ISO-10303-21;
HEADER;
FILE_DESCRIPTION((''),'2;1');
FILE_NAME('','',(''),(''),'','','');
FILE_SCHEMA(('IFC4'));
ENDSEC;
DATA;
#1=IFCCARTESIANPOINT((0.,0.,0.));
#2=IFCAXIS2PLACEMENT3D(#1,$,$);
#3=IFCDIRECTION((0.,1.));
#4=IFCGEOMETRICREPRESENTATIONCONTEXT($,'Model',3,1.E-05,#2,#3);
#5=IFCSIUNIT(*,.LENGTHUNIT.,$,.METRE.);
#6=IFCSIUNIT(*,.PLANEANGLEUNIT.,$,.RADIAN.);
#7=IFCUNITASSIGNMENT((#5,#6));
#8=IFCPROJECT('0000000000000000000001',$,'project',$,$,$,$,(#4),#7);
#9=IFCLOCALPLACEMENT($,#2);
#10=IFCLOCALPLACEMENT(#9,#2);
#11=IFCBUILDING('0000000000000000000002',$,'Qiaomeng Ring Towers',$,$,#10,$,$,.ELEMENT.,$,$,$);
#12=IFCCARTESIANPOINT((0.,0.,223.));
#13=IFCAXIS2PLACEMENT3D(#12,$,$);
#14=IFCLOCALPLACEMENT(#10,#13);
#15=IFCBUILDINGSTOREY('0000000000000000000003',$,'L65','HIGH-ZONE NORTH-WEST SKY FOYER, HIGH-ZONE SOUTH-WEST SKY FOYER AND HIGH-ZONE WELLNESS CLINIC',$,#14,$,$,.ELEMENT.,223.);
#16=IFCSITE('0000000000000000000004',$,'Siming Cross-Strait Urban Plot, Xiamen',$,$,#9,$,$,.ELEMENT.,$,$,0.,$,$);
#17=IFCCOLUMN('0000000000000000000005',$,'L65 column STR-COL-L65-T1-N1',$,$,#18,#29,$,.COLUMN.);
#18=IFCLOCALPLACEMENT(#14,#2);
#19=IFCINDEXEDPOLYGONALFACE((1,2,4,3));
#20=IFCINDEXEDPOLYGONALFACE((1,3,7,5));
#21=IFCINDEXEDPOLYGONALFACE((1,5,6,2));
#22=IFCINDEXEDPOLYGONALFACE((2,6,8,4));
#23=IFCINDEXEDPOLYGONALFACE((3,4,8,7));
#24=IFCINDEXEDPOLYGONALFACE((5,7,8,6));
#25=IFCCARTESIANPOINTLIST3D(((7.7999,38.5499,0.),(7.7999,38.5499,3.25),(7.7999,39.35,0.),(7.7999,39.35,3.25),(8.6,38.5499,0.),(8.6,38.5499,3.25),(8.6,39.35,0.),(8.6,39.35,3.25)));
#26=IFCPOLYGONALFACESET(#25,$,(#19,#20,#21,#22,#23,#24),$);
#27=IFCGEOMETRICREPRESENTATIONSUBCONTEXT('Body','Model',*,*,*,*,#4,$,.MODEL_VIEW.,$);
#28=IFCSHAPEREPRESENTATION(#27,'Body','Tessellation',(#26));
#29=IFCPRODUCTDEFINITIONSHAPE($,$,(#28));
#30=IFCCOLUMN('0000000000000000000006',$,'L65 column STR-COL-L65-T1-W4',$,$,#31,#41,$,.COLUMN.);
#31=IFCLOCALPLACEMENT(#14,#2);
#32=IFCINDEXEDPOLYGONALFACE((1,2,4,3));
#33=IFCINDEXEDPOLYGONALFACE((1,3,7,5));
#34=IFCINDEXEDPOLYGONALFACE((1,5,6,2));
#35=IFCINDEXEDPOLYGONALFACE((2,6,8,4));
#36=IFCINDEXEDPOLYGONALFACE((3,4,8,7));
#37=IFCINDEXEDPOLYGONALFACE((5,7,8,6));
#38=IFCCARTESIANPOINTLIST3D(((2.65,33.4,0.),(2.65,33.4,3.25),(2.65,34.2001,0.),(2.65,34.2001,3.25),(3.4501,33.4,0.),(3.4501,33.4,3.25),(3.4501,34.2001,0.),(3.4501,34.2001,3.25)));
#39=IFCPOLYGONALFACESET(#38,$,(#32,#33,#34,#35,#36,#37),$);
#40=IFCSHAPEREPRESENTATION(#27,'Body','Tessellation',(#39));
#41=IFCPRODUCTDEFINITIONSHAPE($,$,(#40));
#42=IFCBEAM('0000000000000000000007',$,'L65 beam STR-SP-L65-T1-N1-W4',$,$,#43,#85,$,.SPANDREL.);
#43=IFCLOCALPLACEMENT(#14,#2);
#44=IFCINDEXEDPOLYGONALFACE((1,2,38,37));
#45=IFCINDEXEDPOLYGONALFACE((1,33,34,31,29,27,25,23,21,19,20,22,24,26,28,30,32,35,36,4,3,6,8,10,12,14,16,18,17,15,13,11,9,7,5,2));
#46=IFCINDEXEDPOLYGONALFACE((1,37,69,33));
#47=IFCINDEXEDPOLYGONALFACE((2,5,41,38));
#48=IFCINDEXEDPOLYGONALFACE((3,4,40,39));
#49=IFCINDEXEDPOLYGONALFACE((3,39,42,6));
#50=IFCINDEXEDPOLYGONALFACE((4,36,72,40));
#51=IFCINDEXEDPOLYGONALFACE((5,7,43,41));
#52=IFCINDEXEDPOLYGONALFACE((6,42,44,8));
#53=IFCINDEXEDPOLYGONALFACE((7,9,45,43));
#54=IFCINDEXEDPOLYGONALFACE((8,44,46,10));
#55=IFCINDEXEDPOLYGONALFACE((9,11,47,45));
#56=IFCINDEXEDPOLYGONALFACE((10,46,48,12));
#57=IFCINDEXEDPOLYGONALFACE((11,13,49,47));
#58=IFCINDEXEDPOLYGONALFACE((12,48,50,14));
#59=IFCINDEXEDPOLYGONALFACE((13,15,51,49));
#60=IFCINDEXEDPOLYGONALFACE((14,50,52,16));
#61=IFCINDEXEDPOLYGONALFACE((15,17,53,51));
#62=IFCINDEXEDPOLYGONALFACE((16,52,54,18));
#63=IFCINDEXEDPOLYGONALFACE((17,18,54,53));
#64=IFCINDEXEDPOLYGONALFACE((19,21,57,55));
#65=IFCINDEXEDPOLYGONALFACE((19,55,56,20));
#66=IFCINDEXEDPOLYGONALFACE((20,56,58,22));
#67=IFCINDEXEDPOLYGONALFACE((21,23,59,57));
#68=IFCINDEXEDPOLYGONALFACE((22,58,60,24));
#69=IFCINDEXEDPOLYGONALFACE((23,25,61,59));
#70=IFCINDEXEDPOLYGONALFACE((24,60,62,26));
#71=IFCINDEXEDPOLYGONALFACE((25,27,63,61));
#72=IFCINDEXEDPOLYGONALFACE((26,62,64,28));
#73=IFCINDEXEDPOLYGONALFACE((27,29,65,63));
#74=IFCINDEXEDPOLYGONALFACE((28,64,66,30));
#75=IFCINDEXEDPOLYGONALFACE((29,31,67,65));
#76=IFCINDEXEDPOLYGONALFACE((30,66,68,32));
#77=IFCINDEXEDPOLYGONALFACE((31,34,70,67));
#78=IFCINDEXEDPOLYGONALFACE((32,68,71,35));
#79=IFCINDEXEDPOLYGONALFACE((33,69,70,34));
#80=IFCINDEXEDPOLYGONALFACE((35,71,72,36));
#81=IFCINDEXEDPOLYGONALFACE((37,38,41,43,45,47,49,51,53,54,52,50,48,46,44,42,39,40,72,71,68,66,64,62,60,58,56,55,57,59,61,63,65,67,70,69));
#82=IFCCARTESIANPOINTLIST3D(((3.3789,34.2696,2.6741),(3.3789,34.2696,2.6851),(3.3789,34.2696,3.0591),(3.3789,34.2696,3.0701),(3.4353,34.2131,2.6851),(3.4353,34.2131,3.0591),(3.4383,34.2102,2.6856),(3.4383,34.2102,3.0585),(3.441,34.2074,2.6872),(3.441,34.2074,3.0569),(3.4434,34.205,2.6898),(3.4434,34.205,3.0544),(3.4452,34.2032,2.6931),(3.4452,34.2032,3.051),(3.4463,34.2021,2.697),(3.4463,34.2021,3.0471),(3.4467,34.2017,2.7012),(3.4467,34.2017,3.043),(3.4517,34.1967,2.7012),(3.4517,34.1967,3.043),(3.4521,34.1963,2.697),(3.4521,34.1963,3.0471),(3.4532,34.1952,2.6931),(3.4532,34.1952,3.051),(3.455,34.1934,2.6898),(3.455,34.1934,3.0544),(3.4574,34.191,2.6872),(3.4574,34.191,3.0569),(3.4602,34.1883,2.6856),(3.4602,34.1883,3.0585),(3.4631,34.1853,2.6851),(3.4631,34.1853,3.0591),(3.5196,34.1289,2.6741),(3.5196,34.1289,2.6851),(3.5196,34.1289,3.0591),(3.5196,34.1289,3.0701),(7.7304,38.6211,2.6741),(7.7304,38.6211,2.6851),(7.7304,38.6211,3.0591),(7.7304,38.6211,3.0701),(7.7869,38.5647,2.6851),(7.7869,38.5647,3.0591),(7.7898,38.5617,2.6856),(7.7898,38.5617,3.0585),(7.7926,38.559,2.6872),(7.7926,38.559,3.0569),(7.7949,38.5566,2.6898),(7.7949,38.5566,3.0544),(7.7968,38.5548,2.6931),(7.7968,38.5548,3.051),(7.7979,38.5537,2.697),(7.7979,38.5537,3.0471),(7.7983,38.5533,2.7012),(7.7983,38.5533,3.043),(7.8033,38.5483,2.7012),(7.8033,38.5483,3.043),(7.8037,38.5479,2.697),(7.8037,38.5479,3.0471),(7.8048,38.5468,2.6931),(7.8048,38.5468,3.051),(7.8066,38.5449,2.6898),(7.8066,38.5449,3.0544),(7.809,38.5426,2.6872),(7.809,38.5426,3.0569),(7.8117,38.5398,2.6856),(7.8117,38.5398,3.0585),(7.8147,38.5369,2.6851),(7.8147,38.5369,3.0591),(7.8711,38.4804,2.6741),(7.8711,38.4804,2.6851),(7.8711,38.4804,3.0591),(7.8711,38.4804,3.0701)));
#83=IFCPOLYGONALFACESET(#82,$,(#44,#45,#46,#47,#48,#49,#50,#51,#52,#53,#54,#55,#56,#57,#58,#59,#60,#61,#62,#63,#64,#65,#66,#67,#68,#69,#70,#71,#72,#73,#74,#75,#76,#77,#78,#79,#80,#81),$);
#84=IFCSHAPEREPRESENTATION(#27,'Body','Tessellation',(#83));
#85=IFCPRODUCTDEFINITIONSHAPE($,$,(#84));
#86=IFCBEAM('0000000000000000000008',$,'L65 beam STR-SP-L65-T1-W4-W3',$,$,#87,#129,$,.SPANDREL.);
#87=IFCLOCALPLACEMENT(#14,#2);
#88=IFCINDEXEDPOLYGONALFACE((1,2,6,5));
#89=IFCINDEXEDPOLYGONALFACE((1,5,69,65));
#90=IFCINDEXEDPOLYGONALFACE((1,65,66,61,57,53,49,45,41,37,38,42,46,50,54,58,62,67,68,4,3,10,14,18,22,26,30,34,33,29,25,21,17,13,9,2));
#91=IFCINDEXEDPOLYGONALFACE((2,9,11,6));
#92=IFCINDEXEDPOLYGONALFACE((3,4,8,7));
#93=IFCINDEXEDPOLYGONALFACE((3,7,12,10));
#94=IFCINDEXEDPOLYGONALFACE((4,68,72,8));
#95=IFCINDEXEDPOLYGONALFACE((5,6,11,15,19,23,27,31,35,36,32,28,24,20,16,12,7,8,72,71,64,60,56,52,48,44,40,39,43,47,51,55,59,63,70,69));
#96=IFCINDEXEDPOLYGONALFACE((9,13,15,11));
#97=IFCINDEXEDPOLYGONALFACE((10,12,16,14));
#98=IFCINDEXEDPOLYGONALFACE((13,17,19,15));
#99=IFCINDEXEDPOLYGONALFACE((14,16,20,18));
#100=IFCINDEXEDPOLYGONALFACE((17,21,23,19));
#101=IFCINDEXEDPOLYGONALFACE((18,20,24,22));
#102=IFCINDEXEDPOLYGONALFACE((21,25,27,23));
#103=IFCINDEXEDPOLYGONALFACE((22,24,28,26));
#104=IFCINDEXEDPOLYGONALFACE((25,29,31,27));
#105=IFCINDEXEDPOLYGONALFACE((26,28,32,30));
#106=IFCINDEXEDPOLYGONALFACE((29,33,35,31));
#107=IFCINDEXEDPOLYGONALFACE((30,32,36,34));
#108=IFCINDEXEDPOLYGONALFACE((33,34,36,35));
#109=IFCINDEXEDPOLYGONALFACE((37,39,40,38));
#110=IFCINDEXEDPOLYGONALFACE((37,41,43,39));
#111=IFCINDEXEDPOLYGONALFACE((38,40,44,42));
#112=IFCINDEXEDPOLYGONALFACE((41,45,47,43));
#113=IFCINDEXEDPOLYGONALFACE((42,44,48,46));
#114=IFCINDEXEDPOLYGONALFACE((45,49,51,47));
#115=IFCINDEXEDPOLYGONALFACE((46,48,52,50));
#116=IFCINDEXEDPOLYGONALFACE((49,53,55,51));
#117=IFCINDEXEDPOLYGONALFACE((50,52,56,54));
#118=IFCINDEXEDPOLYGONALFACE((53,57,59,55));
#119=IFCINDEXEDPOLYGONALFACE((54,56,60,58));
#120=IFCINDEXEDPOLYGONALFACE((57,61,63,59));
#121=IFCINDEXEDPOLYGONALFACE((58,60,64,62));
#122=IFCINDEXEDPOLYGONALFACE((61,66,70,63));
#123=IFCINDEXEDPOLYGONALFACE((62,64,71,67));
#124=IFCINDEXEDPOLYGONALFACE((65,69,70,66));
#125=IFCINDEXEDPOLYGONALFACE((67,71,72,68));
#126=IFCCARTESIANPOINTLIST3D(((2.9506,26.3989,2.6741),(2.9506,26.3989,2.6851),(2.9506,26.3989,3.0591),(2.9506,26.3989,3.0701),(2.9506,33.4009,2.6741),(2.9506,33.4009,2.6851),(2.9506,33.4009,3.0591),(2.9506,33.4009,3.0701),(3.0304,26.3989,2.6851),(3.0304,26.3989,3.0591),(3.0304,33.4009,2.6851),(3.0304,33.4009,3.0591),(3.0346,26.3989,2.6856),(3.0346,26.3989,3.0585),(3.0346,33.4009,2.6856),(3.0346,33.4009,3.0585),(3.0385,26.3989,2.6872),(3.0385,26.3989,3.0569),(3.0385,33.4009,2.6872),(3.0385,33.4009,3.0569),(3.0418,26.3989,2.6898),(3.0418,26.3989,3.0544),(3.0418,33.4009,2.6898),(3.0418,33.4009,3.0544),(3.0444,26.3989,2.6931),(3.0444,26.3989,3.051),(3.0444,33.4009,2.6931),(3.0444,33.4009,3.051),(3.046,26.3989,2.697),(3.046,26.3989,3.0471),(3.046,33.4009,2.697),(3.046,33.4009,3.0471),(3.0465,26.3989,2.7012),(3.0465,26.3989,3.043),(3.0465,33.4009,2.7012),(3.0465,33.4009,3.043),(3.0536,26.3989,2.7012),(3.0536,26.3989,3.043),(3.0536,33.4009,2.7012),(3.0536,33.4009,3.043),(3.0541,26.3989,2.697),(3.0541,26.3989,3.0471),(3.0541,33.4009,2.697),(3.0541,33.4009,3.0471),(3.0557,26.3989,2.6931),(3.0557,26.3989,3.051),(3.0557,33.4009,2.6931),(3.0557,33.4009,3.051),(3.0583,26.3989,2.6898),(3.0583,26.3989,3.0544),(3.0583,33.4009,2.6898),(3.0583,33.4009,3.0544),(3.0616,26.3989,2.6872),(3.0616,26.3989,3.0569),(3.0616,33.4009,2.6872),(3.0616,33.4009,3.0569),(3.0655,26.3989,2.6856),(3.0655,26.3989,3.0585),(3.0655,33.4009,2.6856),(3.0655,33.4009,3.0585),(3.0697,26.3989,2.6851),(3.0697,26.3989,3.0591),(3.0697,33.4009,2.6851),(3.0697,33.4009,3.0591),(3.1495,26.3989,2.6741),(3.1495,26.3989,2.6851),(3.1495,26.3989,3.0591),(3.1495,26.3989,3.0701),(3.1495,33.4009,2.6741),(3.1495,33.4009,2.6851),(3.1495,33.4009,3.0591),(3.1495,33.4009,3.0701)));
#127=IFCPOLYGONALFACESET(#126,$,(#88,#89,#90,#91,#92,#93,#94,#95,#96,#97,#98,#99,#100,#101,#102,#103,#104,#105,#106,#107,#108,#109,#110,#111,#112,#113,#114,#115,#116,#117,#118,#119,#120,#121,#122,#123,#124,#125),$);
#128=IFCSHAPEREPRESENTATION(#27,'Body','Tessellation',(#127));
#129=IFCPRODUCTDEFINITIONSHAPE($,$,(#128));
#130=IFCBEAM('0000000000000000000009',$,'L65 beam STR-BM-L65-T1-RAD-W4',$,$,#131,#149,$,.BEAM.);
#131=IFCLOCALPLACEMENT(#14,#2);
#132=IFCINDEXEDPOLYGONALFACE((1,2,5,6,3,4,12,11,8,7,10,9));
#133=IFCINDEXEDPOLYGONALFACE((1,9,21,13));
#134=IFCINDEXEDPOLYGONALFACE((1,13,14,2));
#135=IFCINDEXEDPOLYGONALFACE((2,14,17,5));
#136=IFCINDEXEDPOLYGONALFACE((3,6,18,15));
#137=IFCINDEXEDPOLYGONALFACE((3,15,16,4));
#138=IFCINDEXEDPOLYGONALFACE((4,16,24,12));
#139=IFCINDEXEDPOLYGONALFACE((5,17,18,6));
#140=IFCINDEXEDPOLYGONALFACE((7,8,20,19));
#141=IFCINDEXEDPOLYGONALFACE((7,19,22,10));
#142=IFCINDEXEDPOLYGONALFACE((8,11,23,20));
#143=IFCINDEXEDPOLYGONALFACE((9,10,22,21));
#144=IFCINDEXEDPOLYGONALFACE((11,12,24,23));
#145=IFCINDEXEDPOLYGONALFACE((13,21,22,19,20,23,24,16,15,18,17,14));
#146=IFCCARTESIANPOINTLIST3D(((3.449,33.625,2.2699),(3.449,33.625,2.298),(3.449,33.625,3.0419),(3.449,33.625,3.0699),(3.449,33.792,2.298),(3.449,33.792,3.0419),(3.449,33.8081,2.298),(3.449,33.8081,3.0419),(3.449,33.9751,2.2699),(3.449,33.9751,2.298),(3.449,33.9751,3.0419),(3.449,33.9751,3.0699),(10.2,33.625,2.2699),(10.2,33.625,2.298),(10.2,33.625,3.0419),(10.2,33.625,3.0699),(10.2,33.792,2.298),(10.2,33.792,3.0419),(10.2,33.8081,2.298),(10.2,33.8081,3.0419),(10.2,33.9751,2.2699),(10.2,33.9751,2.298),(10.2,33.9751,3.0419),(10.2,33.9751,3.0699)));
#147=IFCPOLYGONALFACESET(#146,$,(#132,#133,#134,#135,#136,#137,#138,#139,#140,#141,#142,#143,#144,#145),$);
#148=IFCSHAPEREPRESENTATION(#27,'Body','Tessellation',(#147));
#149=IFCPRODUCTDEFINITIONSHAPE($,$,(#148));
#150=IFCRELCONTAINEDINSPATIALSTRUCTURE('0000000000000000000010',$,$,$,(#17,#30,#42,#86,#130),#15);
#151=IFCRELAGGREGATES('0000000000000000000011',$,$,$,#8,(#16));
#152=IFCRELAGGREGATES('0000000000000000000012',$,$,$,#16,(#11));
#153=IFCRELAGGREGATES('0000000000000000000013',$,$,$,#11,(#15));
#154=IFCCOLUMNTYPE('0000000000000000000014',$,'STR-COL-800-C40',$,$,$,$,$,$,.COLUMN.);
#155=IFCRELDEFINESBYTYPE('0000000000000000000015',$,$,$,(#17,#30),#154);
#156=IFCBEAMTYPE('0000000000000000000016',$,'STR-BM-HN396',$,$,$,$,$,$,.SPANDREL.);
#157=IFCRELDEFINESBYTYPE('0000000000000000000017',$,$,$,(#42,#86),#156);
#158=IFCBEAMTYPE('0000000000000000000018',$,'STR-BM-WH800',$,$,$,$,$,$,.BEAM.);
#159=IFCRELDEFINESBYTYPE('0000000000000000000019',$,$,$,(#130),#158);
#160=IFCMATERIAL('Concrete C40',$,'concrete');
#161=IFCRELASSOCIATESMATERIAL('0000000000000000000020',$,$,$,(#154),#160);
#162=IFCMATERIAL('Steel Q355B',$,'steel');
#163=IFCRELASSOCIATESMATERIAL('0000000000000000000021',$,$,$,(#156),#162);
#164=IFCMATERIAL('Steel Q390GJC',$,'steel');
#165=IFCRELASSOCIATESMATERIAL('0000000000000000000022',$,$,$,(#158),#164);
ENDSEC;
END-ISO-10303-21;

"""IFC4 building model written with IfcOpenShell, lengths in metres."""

from ifc_helpers import new_model, si_unit, direction, frame, origin, origin_2d, place, context, subcontext, project, spatial, rectangle, i_section, extrude, source, transform, mapped, material, material_profile, profile_set, type_object, element, save


model = new_model("IFC4")

# Units and contexts
model_context = context("Model", 3, precision=1e-05, world=origin(), true_north=direction((0.0, 1.0)))
body_context = subcontext(model_context, "Body", "Model", "MODEL_VIEW")
ifc_project = project(units=[si_unit("LENGTHUNIT", "METRE"), si_unit("PLANEANGLEUNIT", "RADIAN")], contexts=[model_context])

# Site, building, storey
site_placement = place(None, origin())
site = spatial("IfcSite", under=ifc_project, at=site_placement, Name="Siming Cross-Strait Urban Plot, Xiamen", CompositionType="ELEMENT", RefElevation=0.0)
building_placement = place(site_placement, origin())
building = spatial("IfcBuilding", under=site, at=building_placement, Name="Qiaomeng Ring Towers", CompositionType="ELEMENT")
storey_placement = place(building_placement, frame((0.0, 0.0, 223.0)))
storey = spatial("IfcBuildingStorey", under=building, at=storey_placement, Name="L65", Description="HIGH-ZONE NORTH-WEST SKY FOYER, HIGH-ZONE SOUTH-WEST SKY FOYER AND HIGH-ZONE WELLNESS CLINIC", CompositionType="ELEMENT", Elevation=223.0)

# Columns
ifc_material_1 = material(Name="Concrete C40", Category="concrete")
ifc_material_profile_1 = material_profile(ifc_material_1, rectangle(XDim=0.8, YDim=0.8, at=origin_2d()), Name="RC COL 800x800")
ifc_profile_set_1 = profile_set([ifc_material_profile_1], Name="Concrete C40")
column_type = type_object("IfcColumnType", Name="STR-COL-800-C40", PredefinedType="COLUMN", material=ifc_profile_set_1)
shared_shape_1 = source(origin(), body_context, "Body", "SweptSolid", [
    extrude(rectangle(XDim=0.8, YDim=0.8, at=origin_2d()), origin(), (0.0, 0.0, 1.0), 3.25),
])
for number, where, z_axis, x_axis, name in (
    (1, (8.2, 38.95, 0.0), (0.0, 0.0, 1.0), (1.0, 0.0, 0.0), "L65 column STR-COL-L65-T1-N1"),
    (2, (3.05, 33.8, 0.0), (0.0, 0.0, 1.0), (1.0, 0.0, 0.0), "L65 column STR-COL-L65-T1-W4"),
):
    element("IfcColumn", number, at=place(storey_placement, frame(where, z_axis=z_axis, x_axis=x_axis)), inside=storey, type_object=column_type, Name=name, PredefinedType="COLUMN", context=body_context, shape_type="MappedRepresentation", body=[
        mapped(shared_shape_1, transform((0.0, 0.0, 0.0), x_axis=(1.0, 0.0, 0.0), y_axis=(0.0, 1.0, 0.0), z_axis=(0.0, 0.0, 1.0), scale=1.0)),
    ])

# Beams
ifc_material_2 = material(Name="Steel Q355B", Category="steel")
ifc_material_profile_2 = material_profile(ifc_material_2, i_section(OverallWidth=0.199, OverallDepth=0.396, WebThickness=0.0071, FlangeThickness=0.011, FilletRadius=0.0161, at=origin_2d()), Name="HN 396x199x7x11")
ifc_profile_set_2 = profile_set([ifc_material_profile_2], Name="Steel Q355B")
beam_type_1 = type_object("IfcBeamType", Name="STR-BM-HN396", PredefinedType="SPANDREL", material=ifc_profile_set_2)
shared_shape_2 = source(origin(), body_context, "Body", "SweptSolid", [
    extrude(i_section(OverallWidth=0.199, OverallDepth=0.396, WebThickness=0.0071, FlangeThickness=0.011, FilletRadius=0.0161, at=origin_2d()), origin(), (0.0, 0.0, 1.0), 6.1541),
])
beam_1_placement = place(storey_placement, frame((7.8008, 38.5508, 2.8721), z_axis=(-0.707107, -0.707107, 0.0), x_axis=(0.707107, -0.707107, 0.0)))
element("IfcBeam", 3, at=beam_1_placement, inside=storey, type_object=beam_type_1, Name="L65 beam STR-SP-L65-T1-N1-W4", PredefinedType="SPANDREL", context=body_context, shape_type="MappedRepresentation", body=[
    mapped(shared_shape_2, transform((0.0, 0.0, 0.0), x_axis=(1.0, 0.0, 0.0), y_axis=(0.0, 1.0, 0.0), z_axis=(0.0, 0.0, 1.0), scale=1.0)),
])
shared_shape_3 = source(origin(), body_context, "Body", "SweptSolid", [
    extrude(i_section(OverallWidth=0.199, OverallDepth=0.396, WebThickness=0.0071, FlangeThickness=0.011, FilletRadius=0.0161, at=origin_2d()), origin(), (0.0, 0.0, 1.0), 7.002),
])
beam_2_placement = place(storey_placement, frame((3.05, 33.4009, 2.8721), z_axis=(0.0, -1.0, 0.0), x_axis=(1.0, 0.0, 0.0)))
element("IfcBeam", 4, at=beam_2_placement, inside=storey, type_object=beam_type_1, Name="L65 beam STR-SP-L65-T1-W4-W3", PredefinedType="SPANDREL", context=body_context, shape_type="MappedRepresentation", body=[
    mapped(shared_shape_3, transform((0.0, 0.0, 0.0), x_axis=(1.0, 0.0, 0.0), y_axis=(0.0, 1.0, 0.0), z_axis=(0.0, 0.0, 1.0), scale=1.0)),
])
ifc_material_3 = material(Name="Steel Q390GJC", Category="steel")
ifc_material_profile_3 = material_profile(ifc_material_3, i_section(OverallWidth=0.3501, OverallDepth=0.8, WebThickness=0.0161, FlangeThickness=0.0281, at=origin_2d()), Name="WH 800x350x16x28")
ifc_profile_set_3 = profile_set([ifc_material_profile_3], Name="Steel Q390GJC")
beam_type_2 = type_object("IfcBeamType", Name="STR-BM-WH800", PredefinedType="BEAM", material=ifc_profile_set_3)
shared_shape_4 = source(origin(), body_context, "Body", "SweptSolid", [
    extrude(i_section(OverallWidth=0.3501, OverallDepth=0.8, WebThickness=0.0161, FlangeThickness=0.0281, at=origin_2d()), origin(), (0.0, 0.0, 1.0), 6.751),
])
beam_3_placement = place(storey_placement, frame((3.449, 33.8, 2.6699), z_axis=(1.0, 0.0, 0.0), x_axis=(0.0, 1.0, 0.0)))
element("IfcBeam", 5, at=beam_3_placement, inside=storey, type_object=beam_type_2, Name="L65 beam STR-BM-L65-T1-RAD-W4", PredefinedType="BEAM", context=body_context, shape_type="MappedRepresentation", body=[
    mapped(shared_shape_4, transform((0.0, 0.0, 0.0), x_axis=(1.0, 0.0, 0.0), y_axis=(0.0, 1.0, 0.0), z_axis=(0.0, 0.0, 1.0), scale=1.0)),
])

save(model, "model.ifc")
